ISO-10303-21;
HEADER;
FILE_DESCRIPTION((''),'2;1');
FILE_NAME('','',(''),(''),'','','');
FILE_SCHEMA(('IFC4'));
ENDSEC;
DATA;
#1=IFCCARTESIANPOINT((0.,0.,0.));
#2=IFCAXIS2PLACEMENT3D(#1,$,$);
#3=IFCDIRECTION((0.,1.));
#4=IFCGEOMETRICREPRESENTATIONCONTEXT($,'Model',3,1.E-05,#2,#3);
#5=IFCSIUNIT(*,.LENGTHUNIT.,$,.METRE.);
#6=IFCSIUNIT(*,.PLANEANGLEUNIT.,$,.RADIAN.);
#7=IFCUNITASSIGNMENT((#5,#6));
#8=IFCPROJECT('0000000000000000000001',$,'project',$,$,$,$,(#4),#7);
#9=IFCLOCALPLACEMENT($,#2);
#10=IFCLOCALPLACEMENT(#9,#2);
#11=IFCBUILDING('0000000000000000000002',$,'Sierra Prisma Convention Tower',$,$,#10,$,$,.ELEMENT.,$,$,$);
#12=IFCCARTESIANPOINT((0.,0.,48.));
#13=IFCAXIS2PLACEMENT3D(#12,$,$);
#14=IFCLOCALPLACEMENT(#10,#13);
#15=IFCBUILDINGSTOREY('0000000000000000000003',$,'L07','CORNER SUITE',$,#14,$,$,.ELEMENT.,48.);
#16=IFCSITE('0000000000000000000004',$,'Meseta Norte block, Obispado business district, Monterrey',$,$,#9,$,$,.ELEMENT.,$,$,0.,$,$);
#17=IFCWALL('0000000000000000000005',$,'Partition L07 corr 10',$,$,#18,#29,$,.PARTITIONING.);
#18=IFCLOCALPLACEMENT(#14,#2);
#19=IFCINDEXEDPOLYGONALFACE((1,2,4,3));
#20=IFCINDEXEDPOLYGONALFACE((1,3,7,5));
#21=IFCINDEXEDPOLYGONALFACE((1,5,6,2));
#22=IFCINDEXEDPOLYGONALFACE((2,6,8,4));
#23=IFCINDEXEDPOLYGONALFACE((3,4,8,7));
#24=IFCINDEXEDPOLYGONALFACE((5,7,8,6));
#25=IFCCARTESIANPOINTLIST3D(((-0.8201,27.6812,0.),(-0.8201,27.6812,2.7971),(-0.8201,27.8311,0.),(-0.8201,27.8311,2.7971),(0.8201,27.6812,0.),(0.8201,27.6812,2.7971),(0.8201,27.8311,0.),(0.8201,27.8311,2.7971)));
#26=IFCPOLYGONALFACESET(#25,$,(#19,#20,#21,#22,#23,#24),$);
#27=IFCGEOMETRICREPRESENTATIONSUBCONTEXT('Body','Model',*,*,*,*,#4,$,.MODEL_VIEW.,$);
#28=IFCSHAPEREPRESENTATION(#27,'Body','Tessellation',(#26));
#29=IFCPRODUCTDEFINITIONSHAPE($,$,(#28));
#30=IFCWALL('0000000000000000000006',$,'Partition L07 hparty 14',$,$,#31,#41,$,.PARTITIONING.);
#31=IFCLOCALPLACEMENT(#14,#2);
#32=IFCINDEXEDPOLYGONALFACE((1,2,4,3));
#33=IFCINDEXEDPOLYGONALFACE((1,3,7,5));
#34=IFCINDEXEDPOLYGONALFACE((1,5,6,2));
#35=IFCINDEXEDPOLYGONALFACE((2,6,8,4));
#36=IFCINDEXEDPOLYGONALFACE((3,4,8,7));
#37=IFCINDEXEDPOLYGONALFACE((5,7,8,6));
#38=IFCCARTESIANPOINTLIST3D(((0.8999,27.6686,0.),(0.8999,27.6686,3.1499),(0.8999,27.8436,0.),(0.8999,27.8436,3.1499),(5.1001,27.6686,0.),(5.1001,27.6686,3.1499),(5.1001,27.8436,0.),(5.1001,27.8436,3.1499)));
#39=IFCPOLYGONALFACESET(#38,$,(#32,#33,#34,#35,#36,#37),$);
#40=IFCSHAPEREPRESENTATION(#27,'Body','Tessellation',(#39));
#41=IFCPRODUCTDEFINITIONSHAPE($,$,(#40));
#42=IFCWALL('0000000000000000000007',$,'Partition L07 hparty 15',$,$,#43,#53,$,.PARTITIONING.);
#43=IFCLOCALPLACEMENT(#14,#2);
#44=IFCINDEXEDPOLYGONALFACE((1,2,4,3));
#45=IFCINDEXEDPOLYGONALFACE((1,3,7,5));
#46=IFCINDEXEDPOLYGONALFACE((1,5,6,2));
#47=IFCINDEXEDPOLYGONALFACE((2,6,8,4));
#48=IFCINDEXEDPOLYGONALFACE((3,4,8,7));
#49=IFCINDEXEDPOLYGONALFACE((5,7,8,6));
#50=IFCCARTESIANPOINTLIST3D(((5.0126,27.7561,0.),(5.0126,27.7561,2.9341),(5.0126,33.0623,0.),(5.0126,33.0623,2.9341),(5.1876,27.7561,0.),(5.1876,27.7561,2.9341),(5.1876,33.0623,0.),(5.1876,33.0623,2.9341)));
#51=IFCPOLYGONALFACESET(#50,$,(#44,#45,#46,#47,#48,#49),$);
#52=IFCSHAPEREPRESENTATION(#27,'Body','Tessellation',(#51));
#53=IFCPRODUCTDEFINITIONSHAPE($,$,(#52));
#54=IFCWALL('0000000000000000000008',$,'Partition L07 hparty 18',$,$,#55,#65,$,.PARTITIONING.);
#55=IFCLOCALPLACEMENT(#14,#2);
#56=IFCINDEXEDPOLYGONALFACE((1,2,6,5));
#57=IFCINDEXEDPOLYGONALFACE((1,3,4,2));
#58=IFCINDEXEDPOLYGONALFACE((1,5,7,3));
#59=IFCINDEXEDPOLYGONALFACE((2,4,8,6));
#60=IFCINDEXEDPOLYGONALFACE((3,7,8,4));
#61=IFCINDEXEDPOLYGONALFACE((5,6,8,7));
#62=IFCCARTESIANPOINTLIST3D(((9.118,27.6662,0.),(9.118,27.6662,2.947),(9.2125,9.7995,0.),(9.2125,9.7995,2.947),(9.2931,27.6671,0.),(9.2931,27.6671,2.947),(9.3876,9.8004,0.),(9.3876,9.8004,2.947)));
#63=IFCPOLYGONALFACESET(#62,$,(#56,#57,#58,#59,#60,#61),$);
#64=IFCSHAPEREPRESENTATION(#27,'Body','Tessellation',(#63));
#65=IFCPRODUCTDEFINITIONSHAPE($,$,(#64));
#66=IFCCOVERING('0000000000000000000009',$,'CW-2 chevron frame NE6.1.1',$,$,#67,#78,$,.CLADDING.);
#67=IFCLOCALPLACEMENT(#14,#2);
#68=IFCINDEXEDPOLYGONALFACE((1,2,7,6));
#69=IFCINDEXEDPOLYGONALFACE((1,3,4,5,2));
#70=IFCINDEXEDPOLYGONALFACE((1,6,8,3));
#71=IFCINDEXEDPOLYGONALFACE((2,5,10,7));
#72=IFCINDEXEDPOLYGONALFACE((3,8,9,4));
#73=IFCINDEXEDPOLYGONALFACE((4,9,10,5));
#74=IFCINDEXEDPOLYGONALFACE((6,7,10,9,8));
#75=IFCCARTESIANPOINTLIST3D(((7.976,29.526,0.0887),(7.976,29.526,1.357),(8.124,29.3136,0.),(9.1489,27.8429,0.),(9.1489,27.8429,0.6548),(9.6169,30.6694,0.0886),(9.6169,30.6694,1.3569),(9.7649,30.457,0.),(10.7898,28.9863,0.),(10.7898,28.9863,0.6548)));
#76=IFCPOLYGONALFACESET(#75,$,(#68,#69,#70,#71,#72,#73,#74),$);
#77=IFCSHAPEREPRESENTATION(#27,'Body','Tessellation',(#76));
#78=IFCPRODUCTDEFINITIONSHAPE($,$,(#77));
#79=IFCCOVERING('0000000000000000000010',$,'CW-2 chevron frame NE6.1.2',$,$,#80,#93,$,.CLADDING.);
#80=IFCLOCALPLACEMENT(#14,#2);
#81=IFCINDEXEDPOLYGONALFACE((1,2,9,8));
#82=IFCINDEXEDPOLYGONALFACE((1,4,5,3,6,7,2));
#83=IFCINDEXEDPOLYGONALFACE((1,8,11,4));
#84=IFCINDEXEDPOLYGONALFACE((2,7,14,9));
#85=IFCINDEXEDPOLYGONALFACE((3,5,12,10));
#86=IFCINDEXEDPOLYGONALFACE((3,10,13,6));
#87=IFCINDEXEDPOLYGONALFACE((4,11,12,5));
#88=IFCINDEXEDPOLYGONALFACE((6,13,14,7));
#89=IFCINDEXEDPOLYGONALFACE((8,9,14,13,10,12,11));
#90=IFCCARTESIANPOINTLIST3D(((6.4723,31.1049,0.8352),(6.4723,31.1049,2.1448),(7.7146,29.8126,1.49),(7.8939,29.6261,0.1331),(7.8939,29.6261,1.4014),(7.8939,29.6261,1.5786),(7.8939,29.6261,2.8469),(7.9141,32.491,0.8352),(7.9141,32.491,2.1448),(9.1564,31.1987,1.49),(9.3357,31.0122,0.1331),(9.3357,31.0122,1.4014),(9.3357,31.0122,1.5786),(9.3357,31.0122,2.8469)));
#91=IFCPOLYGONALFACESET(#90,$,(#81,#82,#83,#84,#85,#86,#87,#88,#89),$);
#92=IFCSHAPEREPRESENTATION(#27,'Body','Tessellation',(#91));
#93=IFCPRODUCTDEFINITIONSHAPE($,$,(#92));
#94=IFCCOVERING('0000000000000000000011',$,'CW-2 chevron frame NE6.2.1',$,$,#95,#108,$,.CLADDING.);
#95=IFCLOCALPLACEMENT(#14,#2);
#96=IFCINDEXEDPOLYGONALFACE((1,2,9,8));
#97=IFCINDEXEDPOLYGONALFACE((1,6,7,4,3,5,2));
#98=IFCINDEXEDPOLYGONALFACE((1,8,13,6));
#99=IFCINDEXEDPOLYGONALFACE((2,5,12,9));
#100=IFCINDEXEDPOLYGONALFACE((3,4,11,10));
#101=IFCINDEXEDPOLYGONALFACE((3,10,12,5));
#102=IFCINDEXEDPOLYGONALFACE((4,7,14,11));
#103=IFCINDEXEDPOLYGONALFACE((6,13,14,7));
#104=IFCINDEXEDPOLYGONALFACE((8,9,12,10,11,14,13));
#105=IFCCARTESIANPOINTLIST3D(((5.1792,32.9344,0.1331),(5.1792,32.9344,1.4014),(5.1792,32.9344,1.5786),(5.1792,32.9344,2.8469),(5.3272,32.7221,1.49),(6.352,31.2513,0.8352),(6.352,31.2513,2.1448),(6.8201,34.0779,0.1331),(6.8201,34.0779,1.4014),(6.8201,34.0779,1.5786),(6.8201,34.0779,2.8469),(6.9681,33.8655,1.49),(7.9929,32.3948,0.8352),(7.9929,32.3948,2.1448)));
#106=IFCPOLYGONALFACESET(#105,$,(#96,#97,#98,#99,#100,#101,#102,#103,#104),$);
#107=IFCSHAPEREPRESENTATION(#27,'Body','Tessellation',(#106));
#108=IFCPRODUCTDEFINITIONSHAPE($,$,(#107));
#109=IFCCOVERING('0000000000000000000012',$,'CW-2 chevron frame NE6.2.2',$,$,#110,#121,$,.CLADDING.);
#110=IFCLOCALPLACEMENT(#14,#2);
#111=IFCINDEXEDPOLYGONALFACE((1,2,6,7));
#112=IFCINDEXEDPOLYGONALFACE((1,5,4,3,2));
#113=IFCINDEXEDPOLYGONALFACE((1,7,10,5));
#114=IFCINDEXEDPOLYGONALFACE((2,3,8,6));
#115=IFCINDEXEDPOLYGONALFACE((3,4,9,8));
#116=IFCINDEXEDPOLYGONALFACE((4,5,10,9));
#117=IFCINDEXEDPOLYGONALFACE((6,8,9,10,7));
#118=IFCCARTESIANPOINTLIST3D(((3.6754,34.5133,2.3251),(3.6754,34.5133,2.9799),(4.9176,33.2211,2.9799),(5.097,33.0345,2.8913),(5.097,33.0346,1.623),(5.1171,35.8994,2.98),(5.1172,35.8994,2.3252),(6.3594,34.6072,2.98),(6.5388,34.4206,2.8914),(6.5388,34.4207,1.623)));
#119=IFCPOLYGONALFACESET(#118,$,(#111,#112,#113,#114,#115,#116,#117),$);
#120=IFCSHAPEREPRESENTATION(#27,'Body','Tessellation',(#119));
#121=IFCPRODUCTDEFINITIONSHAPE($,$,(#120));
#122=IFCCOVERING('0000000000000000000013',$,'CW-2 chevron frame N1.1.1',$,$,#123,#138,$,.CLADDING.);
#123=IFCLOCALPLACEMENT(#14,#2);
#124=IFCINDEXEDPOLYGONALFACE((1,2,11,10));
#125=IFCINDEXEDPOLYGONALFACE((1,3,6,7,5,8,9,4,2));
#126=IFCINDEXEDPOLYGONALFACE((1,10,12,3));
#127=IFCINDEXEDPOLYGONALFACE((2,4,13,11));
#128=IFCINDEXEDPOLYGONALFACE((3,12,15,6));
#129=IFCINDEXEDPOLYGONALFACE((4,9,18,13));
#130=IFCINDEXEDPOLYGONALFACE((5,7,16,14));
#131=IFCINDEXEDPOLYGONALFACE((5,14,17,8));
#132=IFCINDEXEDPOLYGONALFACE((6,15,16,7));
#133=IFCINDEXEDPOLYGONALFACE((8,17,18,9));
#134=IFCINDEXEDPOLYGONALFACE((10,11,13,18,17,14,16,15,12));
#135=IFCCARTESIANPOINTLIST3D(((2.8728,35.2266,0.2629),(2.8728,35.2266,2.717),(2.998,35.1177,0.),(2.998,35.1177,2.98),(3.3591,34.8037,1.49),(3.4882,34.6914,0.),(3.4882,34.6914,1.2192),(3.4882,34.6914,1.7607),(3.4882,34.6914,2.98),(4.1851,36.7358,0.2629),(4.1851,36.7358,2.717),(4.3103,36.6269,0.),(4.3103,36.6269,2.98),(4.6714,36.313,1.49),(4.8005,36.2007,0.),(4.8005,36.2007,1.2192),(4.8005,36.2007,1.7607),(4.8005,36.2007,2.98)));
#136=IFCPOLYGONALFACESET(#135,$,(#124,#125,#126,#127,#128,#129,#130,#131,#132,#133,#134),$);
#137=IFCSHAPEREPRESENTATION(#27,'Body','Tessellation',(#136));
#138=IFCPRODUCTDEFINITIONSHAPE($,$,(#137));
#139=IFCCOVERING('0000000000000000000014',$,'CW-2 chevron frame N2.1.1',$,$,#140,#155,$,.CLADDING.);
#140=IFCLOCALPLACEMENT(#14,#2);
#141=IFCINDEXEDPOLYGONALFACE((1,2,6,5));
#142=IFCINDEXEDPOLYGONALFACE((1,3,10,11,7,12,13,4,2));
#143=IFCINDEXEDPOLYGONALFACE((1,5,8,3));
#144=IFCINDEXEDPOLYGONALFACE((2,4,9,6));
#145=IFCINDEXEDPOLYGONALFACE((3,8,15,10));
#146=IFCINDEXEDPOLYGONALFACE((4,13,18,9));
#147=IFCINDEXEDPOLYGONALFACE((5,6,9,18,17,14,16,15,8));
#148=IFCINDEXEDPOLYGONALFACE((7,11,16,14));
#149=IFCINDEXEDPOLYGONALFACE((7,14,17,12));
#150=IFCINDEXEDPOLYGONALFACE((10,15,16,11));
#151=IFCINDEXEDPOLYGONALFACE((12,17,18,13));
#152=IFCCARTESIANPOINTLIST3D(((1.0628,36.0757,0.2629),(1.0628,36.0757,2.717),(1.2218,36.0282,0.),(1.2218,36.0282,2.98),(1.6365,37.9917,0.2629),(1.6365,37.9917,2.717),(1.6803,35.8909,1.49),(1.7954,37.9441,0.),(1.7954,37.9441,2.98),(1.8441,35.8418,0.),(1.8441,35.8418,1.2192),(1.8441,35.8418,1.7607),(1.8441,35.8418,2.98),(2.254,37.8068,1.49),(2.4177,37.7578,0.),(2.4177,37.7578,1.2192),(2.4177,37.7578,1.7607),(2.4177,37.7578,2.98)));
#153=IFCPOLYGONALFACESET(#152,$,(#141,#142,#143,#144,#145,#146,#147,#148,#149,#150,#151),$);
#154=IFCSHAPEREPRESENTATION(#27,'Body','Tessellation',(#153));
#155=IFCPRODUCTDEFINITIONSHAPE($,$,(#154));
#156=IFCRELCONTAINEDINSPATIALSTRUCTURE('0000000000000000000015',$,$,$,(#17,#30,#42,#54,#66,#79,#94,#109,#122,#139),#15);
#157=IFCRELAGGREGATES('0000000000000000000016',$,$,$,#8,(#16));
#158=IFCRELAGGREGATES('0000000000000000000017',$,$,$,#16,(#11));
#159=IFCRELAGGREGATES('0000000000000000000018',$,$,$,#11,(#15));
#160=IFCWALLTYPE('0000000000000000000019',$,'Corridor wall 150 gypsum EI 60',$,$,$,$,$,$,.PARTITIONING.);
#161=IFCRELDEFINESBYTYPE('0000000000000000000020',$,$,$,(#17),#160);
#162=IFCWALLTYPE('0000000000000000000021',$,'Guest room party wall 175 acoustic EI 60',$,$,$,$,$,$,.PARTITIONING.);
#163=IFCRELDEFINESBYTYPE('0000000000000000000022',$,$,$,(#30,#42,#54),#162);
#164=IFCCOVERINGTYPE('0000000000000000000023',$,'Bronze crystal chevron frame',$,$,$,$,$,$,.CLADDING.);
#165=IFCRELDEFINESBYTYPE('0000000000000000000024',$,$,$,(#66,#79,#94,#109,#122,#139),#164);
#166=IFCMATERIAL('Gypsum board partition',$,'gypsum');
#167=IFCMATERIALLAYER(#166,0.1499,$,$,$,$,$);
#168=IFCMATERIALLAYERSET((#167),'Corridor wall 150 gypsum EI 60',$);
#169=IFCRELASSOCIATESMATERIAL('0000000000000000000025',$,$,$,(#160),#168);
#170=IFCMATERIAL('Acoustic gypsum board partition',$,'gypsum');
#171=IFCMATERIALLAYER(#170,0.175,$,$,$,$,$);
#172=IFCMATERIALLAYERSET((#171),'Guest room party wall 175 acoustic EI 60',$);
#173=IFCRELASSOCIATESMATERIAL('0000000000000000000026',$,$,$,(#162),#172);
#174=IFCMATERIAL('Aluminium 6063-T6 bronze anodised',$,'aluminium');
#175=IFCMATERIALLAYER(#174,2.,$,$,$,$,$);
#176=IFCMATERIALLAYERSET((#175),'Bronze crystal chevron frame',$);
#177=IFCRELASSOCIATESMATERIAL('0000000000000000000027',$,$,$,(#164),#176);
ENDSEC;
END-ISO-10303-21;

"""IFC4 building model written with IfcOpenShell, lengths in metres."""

from ifc_helpers import new_model, si_unit, direction, frame, frame_2d, origin, place, context, subcontext, project, spatial, polyline, rectangle, outline, extrude, material, layer, layer_set, type_object, element, save


model = new_model("IFC4")

# Units and contexts
model_context = context("Model", 3, precision=1e-05, world=origin(), true_north=direction((0.0, 1.0)))
body_context = subcontext(model_context, "Body", "Model", "MODEL_VIEW")
ifc_project = project(units=[si_unit("LENGTHUNIT", "METRE"), si_unit("PLANEANGLEUNIT", "RADIAN")], contexts=[model_context])

# Site, building, storey
site_placement = place(None, origin())
site = spatial("IfcSite", under=ifc_project, at=site_placement, Name="Meseta Norte block, Obispado business district, Monterrey", CompositionType="ELEMENT", RefElevation=0.0)
building_placement = place(site_placement, origin())
building = spatial("IfcBuilding", under=site, at=building_placement, Name="Sierra Prisma Convention Tower", CompositionType="ELEMENT")
storey_placement = place(building_placement, frame((0.0, 0.0, 48.0)))
storey = spatial("IfcBuildingStorey", under=building, at=storey_placement, Name="L07", Description="CORNER SUITE", CompositionType="ELEMENT", Elevation=48.0)

# Walls
ifc_material_1 = material(Name="Gypsum board partition", Category="gypsum")
ifc_layer_1 = layer(ifc_material_1, 0.1499)
ifc_layer_set_1 = layer_set([ifc_layer_1], Name="Corridor wall 150 gypsum EI 60")
wall_type_1 = type_object("IfcWallType", Name="Corridor wall 150 gypsum EI 60", PredefinedType="PARTITIONING", material=ifc_layer_set_1)
wall_1_placement = place(storey_placement, frame((0.8201, 27.7561, 0.0), z_axis=(0.0, 0.0, 1.0), x_axis=(-1.0, 0.0, 0.0)))
element("IfcWall", 1, at=wall_1_placement, inside=storey, type_object=wall_type_1, Name="Partition L07 corr 10", PredefinedType="PARTITIONING", context=body_context, shape_type="SweptSolid", body=[
    extrude(rectangle(XDim=1.6401, YDim=0.1499, at=frame_2d((0.8201, 0.0))), origin(), (0.0, 0.0, 1.0), 2.7971),
])
ifc_material_2 = material(Name="Acoustic gypsum board partition", Category="gypsum")
ifc_layer_2 = layer(ifc_material_2, 0.175)
ifc_layer_set_2 = layer_set([ifc_layer_2], Name="Guest room party wall 175 acoustic EI 60")
wall_type_2 = type_object("IfcWallType", Name="Guest room party wall 175 acoustic EI 60", PredefinedType="PARTITIONING", material=ifc_layer_set_2)
wall_2_placement = place(storey_placement, frame((0.8999, 27.7561, 0.0), z_axis=(0.0, 0.0, 1.0), x_axis=(1.0, 0.0, 0.0)))
element("IfcWall", 2, at=wall_2_placement, inside=storey, type_object=wall_type_2, Name="Partition L07 hparty 14", PredefinedType="PARTITIONING", context=body_context, shape_type="SweptSolid", body=[
    extrude(rectangle(XDim=4.2002, YDim=0.175, at=frame_2d((2.1001, 0.0))), origin(), (0.0, 0.0, 1.0), 3.1499),
])
wall_3_placement = place(storey_placement, frame((5.1001, 27.7561, 0.0), z_axis=(0.0, 0.0, 1.0), x_axis=(0.0, 1.0, 0.0)))
element("IfcWall", 3, at=wall_3_placement, inside=storey, type_object=wall_type_2, Name="Partition L07 hparty 15", PredefinedType="PARTITIONING", context=body_context, shape_type="SweptSolid", body=[
    extrude(rectangle(XDim=5.3062, YDim=0.175, at=frame_2d((2.6531, 0.0))), origin(), (0.0, 0.0, 1.0), 2.9341),
])
wall_4_placement = place(storey_placement, frame((9.2056, 27.6667, 0.0), z_axis=(0.0, 0.0, 1.0), x_axis=(0.005288, -0.999986, 0.0)))
element("IfcWall", 4, at=wall_4_placement, inside=storey, type_object=wall_type_2, Name="Partition L07 hparty 18", PredefinedType="PARTITIONING", context=body_context, shape_type="SweptSolid", body=[
    extrude(rectangle(XDim=17.8669, YDim=0.175, at=frame_2d((8.9336, 0.0))), origin(), (0.0, 0.0, 1.0), 2.947),
])

# Coverings
ifc_material_3 = material(Name="Aluminium 6063-T6 bronze anodised", Category="aluminium")
ifc_layer_3 = layer(ifc_material_3, 2.0)
ifc_layer_set_3 = layer_set([ifc_layer_3], Name="Bronze crystal chevron frame")
covering_type = type_object("IfcCoveringType", Name="Bronze crystal chevron frame", PredefinedType="CLADDING", material=ifc_layer_set_3)
covering_1_placement = place(storey_placement, frame((9.7649, 30.457, 0.0), z_axis=(0.820448, 0.571721, -0.000025), x_axis=(-0.540891, 0.77622, 0.323913)))
element("IfcCovering", 5, at=covering_1_placement, inside=storey, type_object=covering_type, Name="CW-2 chevron frame NE6.1.1", PredefinedType="CLADDING", context=body_context, shape_type="SweptSolid", body=[
    extrude(outline(polyline([(0.0, 0.0), (0.2736, 0.0), (0.6844, 1.1999), (-1.4839, 1.2001), (-1.6959, 0.5806), (0.0, 0.0)])), origin(), (0.0, 0.0, -1.0), 2.0),
])
covering_2_placement = place(storey_placement, frame((9.3357, 31.0122, 1.4014), z_axis=(0.720894, 0.693046, 0.0), x_axis=(0.0, 0.0, -1.0)))
element("IfcCovering", 6, at=covering_2_placement, inside=storey, type_object=covering_type, Name="CW-2 chevron frame NE6.1.2", PredefinedType="CLADDING", context=body_context, shape_type="SweptSolid", body=[
    extrude(outline(polyline([(0.0, 0.0), (1.2683, 0.0), (0.5662, 2.0513), (-0.7434, 2.0513), (-1.4456, 0.0), (-0.1772, 0.0), (-0.0886, 0.2587), (0.0, 0.0)])), origin(), (0.0, 0.0, -1.0), 2.0),
])
covering_3_placement = place(storey_placement, frame((7.9929, 32.3948, 0.8352), z_axis=(0.820448, 0.571721, 0.0), x_axis=(-0.540914, 0.776239, -0.323827)))
element("IfcCovering", 7, at=covering_3_placement, inside=storey, type_object=covering_type, Name="CW-2 chevron frame NE6.2.1", PredefinedType="CLADDING", context=body_context, shape_type="SweptSolid", body=[
    extrude(outline(polyline([(0.0, 0.0), (2.1683, 0.0), (1.7576, 1.2), (1.484, 1.2), (1.7002, 1.3677), (1.2895, 2.5676), (-0.4241, 1.239), (0.0, 0.0)])), origin(), (0.0, 0.0, -1.0), 2.0),
])
covering_4_placement = place(storey_placement, frame((6.5388, 34.4207, 1.623), z_axis=(0.720896, 0.693043, 0.000045), x_axis=(-0.655704, 0.682036, 0.32385)))
element("IfcCovering", 8, at=covering_4_placement, inside=storey, type_object=covering_type, Name="CW-2 chevron frame NE6.2.2", PredefinedType="CLADDING", context=body_context, shape_type="SweptSolid", body=[
    extrude(outline(polyline([(0.0, 0.0), (2.1681, 0.0), (2.3802, 0.6195), (0.6843, 1.2), (0.4107, 1.2), (0.0, 0.0)])), origin(), (0.0, 0.0, -1.0), 2.0),
])
covering_5_placement = place(storey_placement, frame((4.8005, 36.2007, 0.0), z_axis=(0.656149, 0.754631, 0.0), x_axis=(-0.754631, 0.656149, 0.0)))
element("IfcCovering", 9, at=covering_5_placement, inside=storey, type_object=covering_type, Name="CW-2 chevron frame N1.1.1", PredefinedType="CLADDING", context=body_context, shape_type="SweptSolid", body=[
    extrude(outline(polyline([(0.0, 0.0), (0.6496, 0.0), (0.8156, 0.2629), (0.8156, 2.717), (0.6496, 2.98), (0.0, 2.98), (0.0, 1.7607), (0.1711, 1.49), (0.0, 1.2192), (0.0, 0.0)])), origin(), (0.0, 0.0, -1.0), 2.0),
])
covering_6_placement = place(storey_placement, frame((2.4177, 37.7578, 0.0), z_axis=(0.286819, 0.957985, 0.0), x_axis=(-0.957985, 0.286819, 0.0)))
element("IfcCovering", 10, at=covering_6_placement, inside=storey, type_object=covering_type, Name="CW-2 chevron frame N2.1.1", PredefinedType="CLADDING", context=body_context, shape_type="SweptSolid", body=[
    extrude(outline(polyline([(0.0, 0.0), (0.6496, 0.0), (0.8155, 0.2629), (0.8155, 2.717), (0.6496, 2.98), (0.0, 2.98), (0.0, 1.7607), (0.1709, 1.49), (0.0, 1.2192), (0.0, 0.0)])), origin(), (0.0, 0.0, -1.0), 2.0),
])

save(model, "model.ifc")
